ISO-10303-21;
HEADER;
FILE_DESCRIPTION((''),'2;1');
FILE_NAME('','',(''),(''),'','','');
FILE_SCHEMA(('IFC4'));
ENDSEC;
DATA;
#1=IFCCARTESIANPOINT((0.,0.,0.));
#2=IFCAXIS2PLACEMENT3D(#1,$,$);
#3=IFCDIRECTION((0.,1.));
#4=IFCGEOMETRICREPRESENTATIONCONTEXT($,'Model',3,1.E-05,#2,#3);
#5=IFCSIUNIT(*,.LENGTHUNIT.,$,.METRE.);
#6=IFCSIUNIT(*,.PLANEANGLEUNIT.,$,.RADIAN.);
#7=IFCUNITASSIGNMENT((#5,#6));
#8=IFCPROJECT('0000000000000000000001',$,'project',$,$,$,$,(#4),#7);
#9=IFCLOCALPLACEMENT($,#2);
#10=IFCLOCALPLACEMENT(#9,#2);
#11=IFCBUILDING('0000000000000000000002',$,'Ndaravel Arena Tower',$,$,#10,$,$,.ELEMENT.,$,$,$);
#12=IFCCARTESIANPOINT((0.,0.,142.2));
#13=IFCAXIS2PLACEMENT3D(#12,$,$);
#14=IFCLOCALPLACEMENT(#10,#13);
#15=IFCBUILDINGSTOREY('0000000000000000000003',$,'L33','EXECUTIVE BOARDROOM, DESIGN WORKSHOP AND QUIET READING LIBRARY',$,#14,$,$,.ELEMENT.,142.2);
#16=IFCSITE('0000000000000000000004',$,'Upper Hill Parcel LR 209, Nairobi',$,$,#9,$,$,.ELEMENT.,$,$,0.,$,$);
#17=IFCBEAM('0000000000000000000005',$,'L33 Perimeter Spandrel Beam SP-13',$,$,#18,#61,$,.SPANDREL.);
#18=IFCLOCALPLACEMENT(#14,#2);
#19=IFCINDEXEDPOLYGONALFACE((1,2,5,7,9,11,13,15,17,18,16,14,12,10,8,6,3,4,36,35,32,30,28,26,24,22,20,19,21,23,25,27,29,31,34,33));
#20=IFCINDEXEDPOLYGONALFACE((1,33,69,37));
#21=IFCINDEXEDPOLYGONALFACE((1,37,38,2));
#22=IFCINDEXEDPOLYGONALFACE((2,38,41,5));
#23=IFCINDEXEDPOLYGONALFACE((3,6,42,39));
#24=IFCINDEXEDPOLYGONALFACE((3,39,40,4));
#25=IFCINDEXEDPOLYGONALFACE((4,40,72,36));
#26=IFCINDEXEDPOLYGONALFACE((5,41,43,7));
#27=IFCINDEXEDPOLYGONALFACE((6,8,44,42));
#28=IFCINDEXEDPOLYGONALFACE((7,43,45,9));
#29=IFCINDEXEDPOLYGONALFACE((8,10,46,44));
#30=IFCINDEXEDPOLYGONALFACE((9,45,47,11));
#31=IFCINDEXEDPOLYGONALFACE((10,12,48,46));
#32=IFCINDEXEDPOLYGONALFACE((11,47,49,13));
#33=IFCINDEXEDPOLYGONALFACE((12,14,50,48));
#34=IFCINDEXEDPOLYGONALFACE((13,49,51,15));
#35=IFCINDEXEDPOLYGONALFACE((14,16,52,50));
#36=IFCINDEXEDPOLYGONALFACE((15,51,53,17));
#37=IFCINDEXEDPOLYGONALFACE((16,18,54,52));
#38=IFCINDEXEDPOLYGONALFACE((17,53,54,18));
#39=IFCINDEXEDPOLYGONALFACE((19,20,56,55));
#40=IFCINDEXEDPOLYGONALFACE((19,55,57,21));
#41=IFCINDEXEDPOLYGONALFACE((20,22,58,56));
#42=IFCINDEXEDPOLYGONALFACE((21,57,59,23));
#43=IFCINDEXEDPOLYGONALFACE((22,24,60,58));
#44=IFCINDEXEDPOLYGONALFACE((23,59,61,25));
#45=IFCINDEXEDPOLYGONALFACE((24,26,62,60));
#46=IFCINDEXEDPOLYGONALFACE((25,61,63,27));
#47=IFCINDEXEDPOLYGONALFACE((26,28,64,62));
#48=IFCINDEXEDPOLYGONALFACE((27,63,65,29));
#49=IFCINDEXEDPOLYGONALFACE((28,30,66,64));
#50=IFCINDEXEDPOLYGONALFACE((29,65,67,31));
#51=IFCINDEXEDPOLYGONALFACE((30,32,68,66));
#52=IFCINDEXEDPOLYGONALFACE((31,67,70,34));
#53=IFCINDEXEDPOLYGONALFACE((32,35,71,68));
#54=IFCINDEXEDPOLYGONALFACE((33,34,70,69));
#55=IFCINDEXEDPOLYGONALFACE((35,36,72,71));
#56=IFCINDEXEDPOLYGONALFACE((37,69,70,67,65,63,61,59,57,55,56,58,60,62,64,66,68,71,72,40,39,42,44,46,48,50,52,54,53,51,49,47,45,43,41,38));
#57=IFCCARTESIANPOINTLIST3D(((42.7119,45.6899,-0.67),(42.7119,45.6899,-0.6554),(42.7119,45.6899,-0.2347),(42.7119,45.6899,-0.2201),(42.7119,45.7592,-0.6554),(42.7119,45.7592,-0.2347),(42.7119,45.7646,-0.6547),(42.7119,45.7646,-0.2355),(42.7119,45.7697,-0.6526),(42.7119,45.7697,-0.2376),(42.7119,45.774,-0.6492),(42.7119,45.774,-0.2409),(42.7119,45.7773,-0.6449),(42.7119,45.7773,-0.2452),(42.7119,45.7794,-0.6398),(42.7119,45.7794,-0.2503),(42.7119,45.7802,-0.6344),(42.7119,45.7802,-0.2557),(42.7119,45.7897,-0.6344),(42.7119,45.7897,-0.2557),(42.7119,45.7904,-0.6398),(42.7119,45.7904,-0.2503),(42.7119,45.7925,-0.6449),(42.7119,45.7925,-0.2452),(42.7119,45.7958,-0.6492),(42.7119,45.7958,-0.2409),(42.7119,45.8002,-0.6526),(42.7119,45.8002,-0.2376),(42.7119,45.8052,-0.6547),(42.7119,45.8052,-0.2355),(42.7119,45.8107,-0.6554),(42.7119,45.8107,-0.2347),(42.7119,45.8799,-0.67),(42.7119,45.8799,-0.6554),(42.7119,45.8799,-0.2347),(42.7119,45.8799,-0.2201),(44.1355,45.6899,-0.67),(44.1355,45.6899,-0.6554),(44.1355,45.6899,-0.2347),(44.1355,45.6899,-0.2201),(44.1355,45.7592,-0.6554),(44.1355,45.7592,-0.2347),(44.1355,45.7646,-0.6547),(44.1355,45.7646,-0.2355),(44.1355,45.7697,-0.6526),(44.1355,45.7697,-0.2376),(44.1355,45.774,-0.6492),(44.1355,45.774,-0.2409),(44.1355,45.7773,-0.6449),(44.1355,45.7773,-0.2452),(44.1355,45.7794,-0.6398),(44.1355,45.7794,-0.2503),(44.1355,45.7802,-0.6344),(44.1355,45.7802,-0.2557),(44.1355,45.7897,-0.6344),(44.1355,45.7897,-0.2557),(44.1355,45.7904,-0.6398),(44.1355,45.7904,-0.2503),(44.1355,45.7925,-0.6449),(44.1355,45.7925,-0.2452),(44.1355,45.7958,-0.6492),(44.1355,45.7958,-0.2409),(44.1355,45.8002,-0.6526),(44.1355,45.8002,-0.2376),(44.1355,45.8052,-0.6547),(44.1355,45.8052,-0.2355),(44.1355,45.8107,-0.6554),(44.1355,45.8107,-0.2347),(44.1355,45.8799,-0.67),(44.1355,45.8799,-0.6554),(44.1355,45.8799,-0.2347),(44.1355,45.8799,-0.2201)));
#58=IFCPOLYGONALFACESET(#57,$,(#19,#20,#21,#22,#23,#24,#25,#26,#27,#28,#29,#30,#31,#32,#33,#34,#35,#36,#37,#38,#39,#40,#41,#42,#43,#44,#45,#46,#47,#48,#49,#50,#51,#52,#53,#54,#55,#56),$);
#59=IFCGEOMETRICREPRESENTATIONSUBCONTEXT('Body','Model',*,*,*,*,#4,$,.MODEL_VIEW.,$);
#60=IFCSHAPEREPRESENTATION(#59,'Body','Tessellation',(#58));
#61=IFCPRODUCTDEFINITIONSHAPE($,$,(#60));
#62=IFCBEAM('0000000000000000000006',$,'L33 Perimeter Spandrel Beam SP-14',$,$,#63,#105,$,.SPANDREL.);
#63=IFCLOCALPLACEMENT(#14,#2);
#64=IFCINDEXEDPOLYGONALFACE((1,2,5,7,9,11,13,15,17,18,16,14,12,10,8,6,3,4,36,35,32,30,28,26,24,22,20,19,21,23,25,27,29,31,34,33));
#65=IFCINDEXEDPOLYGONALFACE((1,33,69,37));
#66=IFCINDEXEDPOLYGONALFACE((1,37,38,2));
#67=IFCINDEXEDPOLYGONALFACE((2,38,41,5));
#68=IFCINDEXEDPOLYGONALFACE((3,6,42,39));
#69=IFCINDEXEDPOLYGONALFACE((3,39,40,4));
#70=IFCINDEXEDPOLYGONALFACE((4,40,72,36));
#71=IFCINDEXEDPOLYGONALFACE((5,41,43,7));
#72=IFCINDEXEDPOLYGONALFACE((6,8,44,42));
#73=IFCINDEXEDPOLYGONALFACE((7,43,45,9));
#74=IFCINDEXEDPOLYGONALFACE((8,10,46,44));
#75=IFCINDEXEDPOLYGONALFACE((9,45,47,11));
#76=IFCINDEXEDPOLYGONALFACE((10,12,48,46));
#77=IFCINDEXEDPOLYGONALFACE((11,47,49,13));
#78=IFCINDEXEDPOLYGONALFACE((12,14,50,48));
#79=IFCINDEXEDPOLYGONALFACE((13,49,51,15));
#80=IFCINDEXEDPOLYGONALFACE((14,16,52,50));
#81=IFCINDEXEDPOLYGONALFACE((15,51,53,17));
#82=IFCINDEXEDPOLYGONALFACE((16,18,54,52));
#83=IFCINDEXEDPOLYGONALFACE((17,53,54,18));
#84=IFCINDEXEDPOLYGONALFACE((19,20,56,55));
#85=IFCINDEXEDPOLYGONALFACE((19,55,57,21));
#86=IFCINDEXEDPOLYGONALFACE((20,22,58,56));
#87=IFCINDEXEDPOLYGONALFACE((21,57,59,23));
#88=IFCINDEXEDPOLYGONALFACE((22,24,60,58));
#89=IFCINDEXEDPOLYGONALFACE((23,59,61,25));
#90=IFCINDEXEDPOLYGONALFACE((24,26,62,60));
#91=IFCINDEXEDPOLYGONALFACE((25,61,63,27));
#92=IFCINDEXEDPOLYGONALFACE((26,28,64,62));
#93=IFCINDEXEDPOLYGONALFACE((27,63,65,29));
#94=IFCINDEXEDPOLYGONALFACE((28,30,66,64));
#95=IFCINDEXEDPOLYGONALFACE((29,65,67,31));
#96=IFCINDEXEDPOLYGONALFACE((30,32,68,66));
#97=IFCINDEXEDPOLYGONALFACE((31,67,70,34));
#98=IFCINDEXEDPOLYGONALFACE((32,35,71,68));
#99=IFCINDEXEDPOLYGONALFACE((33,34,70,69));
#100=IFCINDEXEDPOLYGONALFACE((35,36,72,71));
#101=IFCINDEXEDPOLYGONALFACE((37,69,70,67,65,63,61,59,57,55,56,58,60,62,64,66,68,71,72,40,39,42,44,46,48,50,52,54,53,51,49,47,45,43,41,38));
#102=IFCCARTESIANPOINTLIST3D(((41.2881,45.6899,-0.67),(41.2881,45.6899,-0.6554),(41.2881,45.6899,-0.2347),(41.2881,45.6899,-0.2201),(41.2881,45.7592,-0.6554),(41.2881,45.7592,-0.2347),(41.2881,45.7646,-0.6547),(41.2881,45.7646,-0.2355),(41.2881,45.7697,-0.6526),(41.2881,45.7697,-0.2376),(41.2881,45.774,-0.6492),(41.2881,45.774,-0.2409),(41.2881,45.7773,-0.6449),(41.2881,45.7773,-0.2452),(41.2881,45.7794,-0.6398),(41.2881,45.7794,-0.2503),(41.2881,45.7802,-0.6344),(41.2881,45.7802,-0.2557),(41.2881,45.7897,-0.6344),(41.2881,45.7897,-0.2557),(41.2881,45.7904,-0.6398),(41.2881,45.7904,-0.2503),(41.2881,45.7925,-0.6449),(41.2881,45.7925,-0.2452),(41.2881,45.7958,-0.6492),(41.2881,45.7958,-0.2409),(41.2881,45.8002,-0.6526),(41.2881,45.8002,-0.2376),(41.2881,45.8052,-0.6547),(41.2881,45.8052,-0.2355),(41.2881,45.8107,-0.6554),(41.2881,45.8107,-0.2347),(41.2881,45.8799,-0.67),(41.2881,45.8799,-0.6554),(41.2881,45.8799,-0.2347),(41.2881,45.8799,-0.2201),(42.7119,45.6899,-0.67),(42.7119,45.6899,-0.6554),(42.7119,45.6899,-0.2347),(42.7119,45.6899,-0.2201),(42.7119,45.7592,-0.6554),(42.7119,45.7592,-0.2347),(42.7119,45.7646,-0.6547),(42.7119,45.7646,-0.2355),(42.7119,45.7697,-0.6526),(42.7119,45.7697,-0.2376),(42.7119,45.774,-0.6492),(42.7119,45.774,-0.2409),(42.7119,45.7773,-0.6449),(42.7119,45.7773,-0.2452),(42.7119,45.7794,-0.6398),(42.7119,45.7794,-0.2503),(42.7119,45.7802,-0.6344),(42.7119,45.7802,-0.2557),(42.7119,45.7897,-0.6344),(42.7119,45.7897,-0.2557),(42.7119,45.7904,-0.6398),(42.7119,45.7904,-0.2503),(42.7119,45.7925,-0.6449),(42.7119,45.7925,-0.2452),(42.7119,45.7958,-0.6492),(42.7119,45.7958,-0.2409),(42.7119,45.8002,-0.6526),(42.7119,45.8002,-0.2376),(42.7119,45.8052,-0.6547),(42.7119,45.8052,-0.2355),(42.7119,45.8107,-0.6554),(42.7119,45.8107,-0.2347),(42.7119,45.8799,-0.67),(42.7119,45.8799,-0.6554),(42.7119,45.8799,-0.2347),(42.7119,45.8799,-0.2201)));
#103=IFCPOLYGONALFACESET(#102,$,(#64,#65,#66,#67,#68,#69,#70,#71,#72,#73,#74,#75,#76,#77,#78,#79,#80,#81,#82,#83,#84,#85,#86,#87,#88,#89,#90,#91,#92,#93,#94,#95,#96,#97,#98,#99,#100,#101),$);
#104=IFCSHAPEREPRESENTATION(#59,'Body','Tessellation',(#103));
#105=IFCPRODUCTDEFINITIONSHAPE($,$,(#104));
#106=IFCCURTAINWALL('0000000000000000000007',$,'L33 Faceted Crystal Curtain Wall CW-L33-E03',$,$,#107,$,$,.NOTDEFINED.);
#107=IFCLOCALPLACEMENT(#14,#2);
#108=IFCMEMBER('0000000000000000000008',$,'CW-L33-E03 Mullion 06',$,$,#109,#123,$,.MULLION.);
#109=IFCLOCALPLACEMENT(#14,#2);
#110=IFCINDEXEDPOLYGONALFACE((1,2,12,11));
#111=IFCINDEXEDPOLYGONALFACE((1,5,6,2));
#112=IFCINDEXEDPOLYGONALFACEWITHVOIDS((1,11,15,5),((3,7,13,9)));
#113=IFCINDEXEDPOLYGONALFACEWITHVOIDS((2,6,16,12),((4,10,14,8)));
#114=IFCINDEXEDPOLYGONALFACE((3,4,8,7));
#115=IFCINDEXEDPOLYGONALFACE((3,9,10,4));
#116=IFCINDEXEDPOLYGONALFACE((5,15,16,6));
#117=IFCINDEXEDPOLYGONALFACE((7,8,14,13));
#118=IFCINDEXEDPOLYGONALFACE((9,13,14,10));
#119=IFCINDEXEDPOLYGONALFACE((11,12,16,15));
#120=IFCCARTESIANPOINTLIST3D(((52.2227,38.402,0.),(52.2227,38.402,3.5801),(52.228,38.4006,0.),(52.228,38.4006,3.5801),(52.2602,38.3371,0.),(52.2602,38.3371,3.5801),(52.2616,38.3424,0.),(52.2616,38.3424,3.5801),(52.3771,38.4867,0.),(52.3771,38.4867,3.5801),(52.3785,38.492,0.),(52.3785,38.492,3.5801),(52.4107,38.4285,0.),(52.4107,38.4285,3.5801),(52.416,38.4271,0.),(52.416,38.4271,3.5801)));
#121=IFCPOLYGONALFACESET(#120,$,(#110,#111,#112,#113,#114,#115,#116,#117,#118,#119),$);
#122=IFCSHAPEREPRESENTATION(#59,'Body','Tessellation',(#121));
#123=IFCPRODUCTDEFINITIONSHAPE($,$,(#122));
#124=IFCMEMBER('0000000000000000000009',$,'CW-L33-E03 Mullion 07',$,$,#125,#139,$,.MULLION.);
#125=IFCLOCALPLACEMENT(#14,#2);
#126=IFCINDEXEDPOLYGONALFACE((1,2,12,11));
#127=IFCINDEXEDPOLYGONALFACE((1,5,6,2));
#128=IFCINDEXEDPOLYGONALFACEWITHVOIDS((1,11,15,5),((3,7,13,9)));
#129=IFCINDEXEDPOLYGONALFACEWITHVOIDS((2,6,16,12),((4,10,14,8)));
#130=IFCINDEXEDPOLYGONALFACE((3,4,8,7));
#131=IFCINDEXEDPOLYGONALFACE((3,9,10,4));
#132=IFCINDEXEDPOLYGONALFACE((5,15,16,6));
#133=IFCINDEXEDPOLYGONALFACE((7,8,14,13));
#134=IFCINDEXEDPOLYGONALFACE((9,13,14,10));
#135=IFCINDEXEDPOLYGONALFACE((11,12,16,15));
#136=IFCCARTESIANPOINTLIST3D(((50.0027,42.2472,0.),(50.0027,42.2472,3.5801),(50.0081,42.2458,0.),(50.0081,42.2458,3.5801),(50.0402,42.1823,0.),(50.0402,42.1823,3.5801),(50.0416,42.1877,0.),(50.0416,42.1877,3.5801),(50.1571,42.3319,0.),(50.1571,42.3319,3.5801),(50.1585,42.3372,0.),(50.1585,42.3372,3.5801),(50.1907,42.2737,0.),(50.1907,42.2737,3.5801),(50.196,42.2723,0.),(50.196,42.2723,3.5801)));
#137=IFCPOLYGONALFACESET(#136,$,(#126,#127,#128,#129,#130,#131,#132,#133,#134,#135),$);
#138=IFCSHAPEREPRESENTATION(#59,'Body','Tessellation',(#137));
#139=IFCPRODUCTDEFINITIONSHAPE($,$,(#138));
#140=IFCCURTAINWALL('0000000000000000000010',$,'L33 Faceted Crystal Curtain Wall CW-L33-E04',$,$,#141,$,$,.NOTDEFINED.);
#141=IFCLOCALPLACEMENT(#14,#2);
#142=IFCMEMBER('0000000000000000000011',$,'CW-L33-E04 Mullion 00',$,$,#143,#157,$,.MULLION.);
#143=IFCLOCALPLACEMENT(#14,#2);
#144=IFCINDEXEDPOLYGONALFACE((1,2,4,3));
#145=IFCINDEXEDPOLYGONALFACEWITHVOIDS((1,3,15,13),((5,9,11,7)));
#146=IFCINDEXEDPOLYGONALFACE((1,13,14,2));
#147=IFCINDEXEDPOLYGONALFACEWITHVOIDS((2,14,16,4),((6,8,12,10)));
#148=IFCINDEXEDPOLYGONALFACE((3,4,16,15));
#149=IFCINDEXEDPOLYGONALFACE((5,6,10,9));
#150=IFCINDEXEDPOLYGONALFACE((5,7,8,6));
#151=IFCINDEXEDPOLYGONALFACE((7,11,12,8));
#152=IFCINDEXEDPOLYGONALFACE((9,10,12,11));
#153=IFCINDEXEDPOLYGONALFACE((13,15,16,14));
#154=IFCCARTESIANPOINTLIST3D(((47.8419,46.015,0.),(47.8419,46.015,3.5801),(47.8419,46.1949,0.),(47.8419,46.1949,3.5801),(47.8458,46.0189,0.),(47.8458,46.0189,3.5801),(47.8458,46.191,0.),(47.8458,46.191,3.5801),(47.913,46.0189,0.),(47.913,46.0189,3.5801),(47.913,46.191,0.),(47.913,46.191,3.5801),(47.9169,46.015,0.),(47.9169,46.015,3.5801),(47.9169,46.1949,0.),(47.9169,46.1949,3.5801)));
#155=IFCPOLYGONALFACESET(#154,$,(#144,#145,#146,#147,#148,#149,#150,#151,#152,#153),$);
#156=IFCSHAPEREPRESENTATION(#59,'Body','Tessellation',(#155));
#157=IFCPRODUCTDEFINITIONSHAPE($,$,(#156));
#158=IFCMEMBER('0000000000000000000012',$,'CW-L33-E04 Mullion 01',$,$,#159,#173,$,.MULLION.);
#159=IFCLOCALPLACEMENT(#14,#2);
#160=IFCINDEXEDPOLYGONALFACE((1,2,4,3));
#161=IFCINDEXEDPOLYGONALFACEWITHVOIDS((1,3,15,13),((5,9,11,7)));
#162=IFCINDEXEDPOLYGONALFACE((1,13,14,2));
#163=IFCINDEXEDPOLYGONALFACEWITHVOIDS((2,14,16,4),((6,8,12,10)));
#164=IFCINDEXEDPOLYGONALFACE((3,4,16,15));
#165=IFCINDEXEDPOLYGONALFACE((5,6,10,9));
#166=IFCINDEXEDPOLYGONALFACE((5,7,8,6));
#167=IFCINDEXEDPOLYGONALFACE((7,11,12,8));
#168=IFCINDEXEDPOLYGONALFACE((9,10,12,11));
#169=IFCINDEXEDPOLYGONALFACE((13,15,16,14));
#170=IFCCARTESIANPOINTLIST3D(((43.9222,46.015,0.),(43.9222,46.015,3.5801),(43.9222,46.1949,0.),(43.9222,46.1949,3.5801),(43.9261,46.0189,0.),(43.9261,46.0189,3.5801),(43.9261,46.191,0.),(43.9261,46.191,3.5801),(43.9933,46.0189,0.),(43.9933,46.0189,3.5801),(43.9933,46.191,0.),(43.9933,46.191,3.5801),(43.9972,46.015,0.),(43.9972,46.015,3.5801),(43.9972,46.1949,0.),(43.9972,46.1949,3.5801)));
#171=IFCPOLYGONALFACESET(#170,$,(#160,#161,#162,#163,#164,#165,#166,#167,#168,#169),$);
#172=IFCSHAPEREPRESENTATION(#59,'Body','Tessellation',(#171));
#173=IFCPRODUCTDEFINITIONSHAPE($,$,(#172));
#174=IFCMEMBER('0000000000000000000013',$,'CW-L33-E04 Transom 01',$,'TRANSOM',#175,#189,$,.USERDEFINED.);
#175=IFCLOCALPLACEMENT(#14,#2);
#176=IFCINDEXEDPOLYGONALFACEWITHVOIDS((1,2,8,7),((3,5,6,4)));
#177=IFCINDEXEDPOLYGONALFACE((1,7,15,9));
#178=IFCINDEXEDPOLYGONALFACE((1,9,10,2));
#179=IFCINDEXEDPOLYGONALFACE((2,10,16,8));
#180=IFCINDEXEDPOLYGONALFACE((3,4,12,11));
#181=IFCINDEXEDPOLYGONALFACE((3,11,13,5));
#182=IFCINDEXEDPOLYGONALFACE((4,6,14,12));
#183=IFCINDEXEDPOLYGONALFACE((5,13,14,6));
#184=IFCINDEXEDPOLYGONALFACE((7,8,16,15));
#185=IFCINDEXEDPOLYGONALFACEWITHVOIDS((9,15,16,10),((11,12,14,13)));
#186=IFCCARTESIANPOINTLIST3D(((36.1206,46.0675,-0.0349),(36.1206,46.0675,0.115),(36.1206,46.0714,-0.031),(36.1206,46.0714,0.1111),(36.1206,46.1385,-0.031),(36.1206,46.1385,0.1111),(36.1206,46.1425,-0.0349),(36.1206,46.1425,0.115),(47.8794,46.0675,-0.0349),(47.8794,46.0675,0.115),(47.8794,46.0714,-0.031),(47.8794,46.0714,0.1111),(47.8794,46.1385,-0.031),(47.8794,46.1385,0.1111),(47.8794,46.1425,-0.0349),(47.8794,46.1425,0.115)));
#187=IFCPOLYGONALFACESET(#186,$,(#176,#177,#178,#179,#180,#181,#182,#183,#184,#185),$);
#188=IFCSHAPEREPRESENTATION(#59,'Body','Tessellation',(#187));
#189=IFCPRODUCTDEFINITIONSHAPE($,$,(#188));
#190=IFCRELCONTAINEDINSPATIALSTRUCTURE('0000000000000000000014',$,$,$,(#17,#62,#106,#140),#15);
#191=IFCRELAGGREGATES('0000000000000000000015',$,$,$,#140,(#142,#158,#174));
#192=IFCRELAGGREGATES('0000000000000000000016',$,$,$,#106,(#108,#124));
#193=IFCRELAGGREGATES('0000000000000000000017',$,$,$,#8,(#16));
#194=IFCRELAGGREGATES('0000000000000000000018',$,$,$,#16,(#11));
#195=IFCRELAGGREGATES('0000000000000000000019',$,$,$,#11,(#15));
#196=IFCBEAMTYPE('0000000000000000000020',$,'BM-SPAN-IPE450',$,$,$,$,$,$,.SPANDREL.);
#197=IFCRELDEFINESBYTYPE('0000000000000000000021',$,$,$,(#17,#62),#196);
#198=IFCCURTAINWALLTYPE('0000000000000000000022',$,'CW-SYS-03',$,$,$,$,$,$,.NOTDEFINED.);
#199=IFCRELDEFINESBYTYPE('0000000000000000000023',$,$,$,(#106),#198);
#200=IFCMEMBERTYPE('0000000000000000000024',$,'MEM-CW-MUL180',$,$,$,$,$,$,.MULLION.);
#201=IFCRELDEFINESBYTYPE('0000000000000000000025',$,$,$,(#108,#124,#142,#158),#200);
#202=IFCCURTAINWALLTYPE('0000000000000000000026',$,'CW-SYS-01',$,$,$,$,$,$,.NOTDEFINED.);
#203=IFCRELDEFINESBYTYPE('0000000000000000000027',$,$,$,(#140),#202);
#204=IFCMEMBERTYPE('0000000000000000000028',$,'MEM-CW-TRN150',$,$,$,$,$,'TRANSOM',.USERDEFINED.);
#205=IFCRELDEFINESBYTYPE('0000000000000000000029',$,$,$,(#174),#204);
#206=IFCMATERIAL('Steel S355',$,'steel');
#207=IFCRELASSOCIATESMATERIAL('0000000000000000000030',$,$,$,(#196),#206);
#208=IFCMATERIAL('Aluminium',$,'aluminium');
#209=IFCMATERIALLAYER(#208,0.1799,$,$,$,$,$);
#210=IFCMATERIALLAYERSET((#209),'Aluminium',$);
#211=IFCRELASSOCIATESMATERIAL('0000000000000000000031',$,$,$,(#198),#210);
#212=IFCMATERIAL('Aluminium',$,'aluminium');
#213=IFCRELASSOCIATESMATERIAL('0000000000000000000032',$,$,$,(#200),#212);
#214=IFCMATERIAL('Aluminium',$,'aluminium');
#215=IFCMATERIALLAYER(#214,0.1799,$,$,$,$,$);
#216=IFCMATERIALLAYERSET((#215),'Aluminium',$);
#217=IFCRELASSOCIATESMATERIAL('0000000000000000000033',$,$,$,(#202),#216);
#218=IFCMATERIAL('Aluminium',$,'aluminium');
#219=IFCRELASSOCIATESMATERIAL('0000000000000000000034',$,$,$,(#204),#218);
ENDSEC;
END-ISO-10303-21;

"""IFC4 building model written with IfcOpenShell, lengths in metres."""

from ifc_helpers import new_model, si_unit, direction, frame, origin, origin_2d, place, context, subcontext, project, spatial, hollow_rectangle, i_section, extrude, material, layer, layer_set, material_profile, profile_set, type_object, element, aggregate, save


model = new_model("IFC4")

# Units and contexts
model_context = context("Model", 3, precision=1e-05, world=origin(), true_north=direction((0.0, 1.0)))
body_context = subcontext(model_context, "Body", "Model", "MODEL_VIEW")
ifc_project = project(units=[si_unit("LENGTHUNIT", "METRE"), si_unit("PLANEANGLEUNIT", "RADIAN")], contexts=[model_context])

# Site, building, storey
site_placement = place(None, origin())
site = spatial("IfcSite", under=ifc_project, at=site_placement, Name="Upper Hill Parcel LR 209, Nairobi", CompositionType="ELEMENT", RefElevation=0.0)
building_placement = place(site_placement, origin())
building = spatial("IfcBuilding", under=site, at=building_placement, Name="Ndaravel Arena Tower", CompositionType="ELEMENT")
storey_placement = place(building_placement, frame((0.0, 0.0, 142.2)))
storey = spatial("IfcBuildingStorey", under=building, at=storey_placement, Name="L33", Description="EXECUTIVE BOARDROOM, DESIGN WORKSHOP AND QUIET READING LIBRARY", CompositionType="ELEMENT", Elevation=142.2)

# Beams
ifc_material_1 = material(Name="Steel S355", Category="steel")
ifc_material_profile_1 = material_profile(ifc_material_1, i_section(OverallWidth=0.1899, OverallDepth=0.45, WebThickness=0.0095, FlangeThickness=0.0146, FilletRadius=0.021, at=origin_2d()), Name="IPE 450")
ifc_profile_set_1 = profile_set([ifc_material_profile_1], Name="Steel S355")
beam_type_1 = type_object("IfcBeamType", Name="BM-SPAN-IPE450", PredefinedType="SPANDREL", material=ifc_profile_set_1)
for number, where, z_axis, x_axis, name in (
    (1, (44.1355, 45.7849, -0.4451), (-1.0, 0.0, 0.0), (0.0, -1.0, 0.0), "L33 Perimeter Spandrel Beam SP-13"),
):
    element("IfcBeam", number, at=place(storey_placement, frame(where, z_axis=z_axis, x_axis=x_axis)), inside=storey, type_object=beam_type_1, Name=name, PredefinedType="SPANDREL", context=body_context, shape_type="SweptSolid", body=[
        extrude(i_section(OverallWidth=0.1899, OverallDepth=0.45, WebThickness=0.0095, FlangeThickness=0.0146, FilletRadius=0.021, at=origin_2d()), origin(), (0.0, 0.0, 1.0), 1.4236),
    ])
beam_1_placement = place(storey_placement, frame((42.7119, 45.7849, -0.4451), z_axis=(-1.0, 0.0, 0.0), x_axis=(0.0, -1.0, 0.0)))
element("IfcBeam", 2, at=beam_1_placement, inside=storey, type_object=beam_type_1, Name="L33 Perimeter Spandrel Beam SP-14", PredefinedType="SPANDREL", context=body_context, shape_type="SweptSolid", body=[
    extrude(i_section(OverallWidth=0.1899, OverallDepth=0.45, WebThickness=0.0095, FlangeThickness=0.0146, FilletRadius=0.021, at=origin_2d()), origin(), (0.0, 0.0, 1.0), 1.4238),
])

# Curtain wall, members
ifc_material_2 = material(Name="Aluminium", Category="aluminium")
ifc_layer_1 = layer(ifc_material_2, 0.1799)
ifc_layer_set_1 = layer_set([ifc_layer_1], Name="Aluminium")
curtain_wall_type_1 = type_object("IfcCurtainWallType", Name="CW-SYS-03", PredefinedType="NOTDEFINED", material=ifc_layer_set_1)
curtain_wall_1_placement = place(storey_placement, origin())
curtain_wall_1 = element("IfcCurtainWall", 3, at=curtain_wall_1_placement, inside=storey, type_object=curtain_wall_type_1, Name="L33 Faceted Crystal Curtain Wall CW-L33-E03", PredefinedType="NOTDEFINED")
ifc_material_3 = material(Name="Aluminium", Category="aluminium")
ifc_material_profile_2 = material_profile(ifc_material_3, hollow_rectangle(XDim=0.075, YDim=0.1799, WallThickness=0.0039, at=origin_2d()), Name="CW MULLION 75x180x4")
ifc_profile_set_2 = profile_set([ifc_material_profile_2], Name="Aluminium")
member_type_1 = type_object("IfcMemberType", Name="MEM-CW-MUL180", PredefinedType="MULLION", material=ifc_profile_set_2)
member_1_placement = place(storey_placement, frame((52.3193, 38.4146, 0.0), z_axis=(0.0, 0.0, 1.0), x_axis=(-0.5, 0.866025, 0.0)))
member_1 = element("IfcMember", 4, at=member_1_placement, type_object=member_type_1, Name="CW-L33-E03 Mullion 06", PredefinedType="MULLION", context=body_context, shape_type="SweptSolid", body=[
    extrude(hollow_rectangle(XDim=0.075, YDim=0.1799, WallThickness=0.0039, at=origin_2d()), origin(), (0.0, 0.0, 1.0), 3.5801),
])
member_2_placement = place(storey_placement, frame((50.0994, 42.2598, 0.0), z_axis=(0.0, 0.0, 1.0), x_axis=(-0.5, 0.866025, 0.0)))
member_2 = element("IfcMember", 5, at=member_2_placement, type_object=member_type_1, Name="CW-L33-E03 Mullion 07", PredefinedType="MULLION", context=body_context, shape_type="SweptSolid", body=[
    extrude(hollow_rectangle(XDim=0.075, YDim=0.1799, WallThickness=0.0039, at=origin_2d()), origin(), (0.0, 0.0, 1.0), 3.5801),
])

# Curtain wall, members
ifc_material_4 = material(Name="Aluminium", Category="aluminium")
ifc_layer_2 = layer(ifc_material_4, 0.1799)
ifc_layer_set_2 = layer_set([ifc_layer_2], Name="Aluminium")
curtain_wall_type_2 = type_object("IfcCurtainWallType", Name="CW-SYS-01", PredefinedType="NOTDEFINED", material=ifc_layer_set_2)
curtain_wall_2_placement = place(storey_placement, origin())
curtain_wall_2 = element("IfcCurtainWall", 6, at=curtain_wall_2_placement, inside=storey, type_object=curtain_wall_type_2, Name="L33 Faceted Crystal Curtain Wall CW-L33-E04", PredefinedType="NOTDEFINED")
member_3_placement = place(storey_placement, frame((47.8794, 46.105, 0.0), z_axis=(0.0, 0.0, 1.0), x_axis=(-1.0, 0.0, 0.0)))
member_3 = element("IfcMember", 7, at=member_3_placement, type_object=member_type_1, Name="CW-L33-E04 Mullion 00", PredefinedType="MULLION", context=body_context, shape_type="SweptSolid", body=[
    extrude(hollow_rectangle(XDim=0.075, YDim=0.1799, WallThickness=0.0039, at=origin_2d()), origin(), (0.0, 0.0, 1.0), 3.5801),
])
member_4_placement = place(storey_placement, frame((43.9597, 46.105, 0.0), z_axis=(0.0, 0.0, 1.0), x_axis=(-1.0, 0.0, 0.0)))
member_4 = element("IfcMember", 8, at=member_4_placement, type_object=member_type_1, Name="CW-L33-E04 Mullion 01", PredefinedType="MULLION", context=body_context, shape_type="SweptSolid", body=[
    extrude(hollow_rectangle(XDim=0.075, YDim=0.1799, WallThickness=0.0039, at=origin_2d()), origin(), (0.0, 0.0, 1.0), 3.5801),
])
ifc_material_5 = material(Name="Aluminium", Category="aluminium")
ifc_material_profile_3 = material_profile(ifc_material_5, hollow_rectangle(XDim=0.075, YDim=0.1499, WallThickness=0.0039, at=origin_2d()), Name="CW TRANSOM 75x150x4")
ifc_profile_set_3 = profile_set([ifc_material_profile_3], Name="Aluminium")
member_type_2 = type_object("IfcMemberType", Name="MEM-CW-TRN150", ElementType="TRANSOM", PredefinedType="USERDEFINED", material=ifc_profile_set_3)
member_5_placement = place(storey_placement, frame((47.8794, 46.105, 0.04), z_axis=(-1.0, 0.0, 0.0), x_axis=(0.0, -1.0, 0.0)))
member_5 = element("IfcMember", 9, at=member_5_placement, type_object=member_type_2, Name="CW-L33-E04 Transom 01", ObjectType="TRANSOM", PredefinedType="USERDEFINED", context=body_context, shape_type="SweptSolid", body=[
    extrude(hollow_rectangle(XDim=0.075, YDim=0.1499, WallThickness=0.0039, at=origin_2d()), origin(), (0.0, 0.0, 1.0), 11.7588),
])
aggregate(curtain_wall_2, [member_3, member_4, member_5])

aggregate(curtain_wall_1, [member_1, member_2])

save(model, "model.ifc")
